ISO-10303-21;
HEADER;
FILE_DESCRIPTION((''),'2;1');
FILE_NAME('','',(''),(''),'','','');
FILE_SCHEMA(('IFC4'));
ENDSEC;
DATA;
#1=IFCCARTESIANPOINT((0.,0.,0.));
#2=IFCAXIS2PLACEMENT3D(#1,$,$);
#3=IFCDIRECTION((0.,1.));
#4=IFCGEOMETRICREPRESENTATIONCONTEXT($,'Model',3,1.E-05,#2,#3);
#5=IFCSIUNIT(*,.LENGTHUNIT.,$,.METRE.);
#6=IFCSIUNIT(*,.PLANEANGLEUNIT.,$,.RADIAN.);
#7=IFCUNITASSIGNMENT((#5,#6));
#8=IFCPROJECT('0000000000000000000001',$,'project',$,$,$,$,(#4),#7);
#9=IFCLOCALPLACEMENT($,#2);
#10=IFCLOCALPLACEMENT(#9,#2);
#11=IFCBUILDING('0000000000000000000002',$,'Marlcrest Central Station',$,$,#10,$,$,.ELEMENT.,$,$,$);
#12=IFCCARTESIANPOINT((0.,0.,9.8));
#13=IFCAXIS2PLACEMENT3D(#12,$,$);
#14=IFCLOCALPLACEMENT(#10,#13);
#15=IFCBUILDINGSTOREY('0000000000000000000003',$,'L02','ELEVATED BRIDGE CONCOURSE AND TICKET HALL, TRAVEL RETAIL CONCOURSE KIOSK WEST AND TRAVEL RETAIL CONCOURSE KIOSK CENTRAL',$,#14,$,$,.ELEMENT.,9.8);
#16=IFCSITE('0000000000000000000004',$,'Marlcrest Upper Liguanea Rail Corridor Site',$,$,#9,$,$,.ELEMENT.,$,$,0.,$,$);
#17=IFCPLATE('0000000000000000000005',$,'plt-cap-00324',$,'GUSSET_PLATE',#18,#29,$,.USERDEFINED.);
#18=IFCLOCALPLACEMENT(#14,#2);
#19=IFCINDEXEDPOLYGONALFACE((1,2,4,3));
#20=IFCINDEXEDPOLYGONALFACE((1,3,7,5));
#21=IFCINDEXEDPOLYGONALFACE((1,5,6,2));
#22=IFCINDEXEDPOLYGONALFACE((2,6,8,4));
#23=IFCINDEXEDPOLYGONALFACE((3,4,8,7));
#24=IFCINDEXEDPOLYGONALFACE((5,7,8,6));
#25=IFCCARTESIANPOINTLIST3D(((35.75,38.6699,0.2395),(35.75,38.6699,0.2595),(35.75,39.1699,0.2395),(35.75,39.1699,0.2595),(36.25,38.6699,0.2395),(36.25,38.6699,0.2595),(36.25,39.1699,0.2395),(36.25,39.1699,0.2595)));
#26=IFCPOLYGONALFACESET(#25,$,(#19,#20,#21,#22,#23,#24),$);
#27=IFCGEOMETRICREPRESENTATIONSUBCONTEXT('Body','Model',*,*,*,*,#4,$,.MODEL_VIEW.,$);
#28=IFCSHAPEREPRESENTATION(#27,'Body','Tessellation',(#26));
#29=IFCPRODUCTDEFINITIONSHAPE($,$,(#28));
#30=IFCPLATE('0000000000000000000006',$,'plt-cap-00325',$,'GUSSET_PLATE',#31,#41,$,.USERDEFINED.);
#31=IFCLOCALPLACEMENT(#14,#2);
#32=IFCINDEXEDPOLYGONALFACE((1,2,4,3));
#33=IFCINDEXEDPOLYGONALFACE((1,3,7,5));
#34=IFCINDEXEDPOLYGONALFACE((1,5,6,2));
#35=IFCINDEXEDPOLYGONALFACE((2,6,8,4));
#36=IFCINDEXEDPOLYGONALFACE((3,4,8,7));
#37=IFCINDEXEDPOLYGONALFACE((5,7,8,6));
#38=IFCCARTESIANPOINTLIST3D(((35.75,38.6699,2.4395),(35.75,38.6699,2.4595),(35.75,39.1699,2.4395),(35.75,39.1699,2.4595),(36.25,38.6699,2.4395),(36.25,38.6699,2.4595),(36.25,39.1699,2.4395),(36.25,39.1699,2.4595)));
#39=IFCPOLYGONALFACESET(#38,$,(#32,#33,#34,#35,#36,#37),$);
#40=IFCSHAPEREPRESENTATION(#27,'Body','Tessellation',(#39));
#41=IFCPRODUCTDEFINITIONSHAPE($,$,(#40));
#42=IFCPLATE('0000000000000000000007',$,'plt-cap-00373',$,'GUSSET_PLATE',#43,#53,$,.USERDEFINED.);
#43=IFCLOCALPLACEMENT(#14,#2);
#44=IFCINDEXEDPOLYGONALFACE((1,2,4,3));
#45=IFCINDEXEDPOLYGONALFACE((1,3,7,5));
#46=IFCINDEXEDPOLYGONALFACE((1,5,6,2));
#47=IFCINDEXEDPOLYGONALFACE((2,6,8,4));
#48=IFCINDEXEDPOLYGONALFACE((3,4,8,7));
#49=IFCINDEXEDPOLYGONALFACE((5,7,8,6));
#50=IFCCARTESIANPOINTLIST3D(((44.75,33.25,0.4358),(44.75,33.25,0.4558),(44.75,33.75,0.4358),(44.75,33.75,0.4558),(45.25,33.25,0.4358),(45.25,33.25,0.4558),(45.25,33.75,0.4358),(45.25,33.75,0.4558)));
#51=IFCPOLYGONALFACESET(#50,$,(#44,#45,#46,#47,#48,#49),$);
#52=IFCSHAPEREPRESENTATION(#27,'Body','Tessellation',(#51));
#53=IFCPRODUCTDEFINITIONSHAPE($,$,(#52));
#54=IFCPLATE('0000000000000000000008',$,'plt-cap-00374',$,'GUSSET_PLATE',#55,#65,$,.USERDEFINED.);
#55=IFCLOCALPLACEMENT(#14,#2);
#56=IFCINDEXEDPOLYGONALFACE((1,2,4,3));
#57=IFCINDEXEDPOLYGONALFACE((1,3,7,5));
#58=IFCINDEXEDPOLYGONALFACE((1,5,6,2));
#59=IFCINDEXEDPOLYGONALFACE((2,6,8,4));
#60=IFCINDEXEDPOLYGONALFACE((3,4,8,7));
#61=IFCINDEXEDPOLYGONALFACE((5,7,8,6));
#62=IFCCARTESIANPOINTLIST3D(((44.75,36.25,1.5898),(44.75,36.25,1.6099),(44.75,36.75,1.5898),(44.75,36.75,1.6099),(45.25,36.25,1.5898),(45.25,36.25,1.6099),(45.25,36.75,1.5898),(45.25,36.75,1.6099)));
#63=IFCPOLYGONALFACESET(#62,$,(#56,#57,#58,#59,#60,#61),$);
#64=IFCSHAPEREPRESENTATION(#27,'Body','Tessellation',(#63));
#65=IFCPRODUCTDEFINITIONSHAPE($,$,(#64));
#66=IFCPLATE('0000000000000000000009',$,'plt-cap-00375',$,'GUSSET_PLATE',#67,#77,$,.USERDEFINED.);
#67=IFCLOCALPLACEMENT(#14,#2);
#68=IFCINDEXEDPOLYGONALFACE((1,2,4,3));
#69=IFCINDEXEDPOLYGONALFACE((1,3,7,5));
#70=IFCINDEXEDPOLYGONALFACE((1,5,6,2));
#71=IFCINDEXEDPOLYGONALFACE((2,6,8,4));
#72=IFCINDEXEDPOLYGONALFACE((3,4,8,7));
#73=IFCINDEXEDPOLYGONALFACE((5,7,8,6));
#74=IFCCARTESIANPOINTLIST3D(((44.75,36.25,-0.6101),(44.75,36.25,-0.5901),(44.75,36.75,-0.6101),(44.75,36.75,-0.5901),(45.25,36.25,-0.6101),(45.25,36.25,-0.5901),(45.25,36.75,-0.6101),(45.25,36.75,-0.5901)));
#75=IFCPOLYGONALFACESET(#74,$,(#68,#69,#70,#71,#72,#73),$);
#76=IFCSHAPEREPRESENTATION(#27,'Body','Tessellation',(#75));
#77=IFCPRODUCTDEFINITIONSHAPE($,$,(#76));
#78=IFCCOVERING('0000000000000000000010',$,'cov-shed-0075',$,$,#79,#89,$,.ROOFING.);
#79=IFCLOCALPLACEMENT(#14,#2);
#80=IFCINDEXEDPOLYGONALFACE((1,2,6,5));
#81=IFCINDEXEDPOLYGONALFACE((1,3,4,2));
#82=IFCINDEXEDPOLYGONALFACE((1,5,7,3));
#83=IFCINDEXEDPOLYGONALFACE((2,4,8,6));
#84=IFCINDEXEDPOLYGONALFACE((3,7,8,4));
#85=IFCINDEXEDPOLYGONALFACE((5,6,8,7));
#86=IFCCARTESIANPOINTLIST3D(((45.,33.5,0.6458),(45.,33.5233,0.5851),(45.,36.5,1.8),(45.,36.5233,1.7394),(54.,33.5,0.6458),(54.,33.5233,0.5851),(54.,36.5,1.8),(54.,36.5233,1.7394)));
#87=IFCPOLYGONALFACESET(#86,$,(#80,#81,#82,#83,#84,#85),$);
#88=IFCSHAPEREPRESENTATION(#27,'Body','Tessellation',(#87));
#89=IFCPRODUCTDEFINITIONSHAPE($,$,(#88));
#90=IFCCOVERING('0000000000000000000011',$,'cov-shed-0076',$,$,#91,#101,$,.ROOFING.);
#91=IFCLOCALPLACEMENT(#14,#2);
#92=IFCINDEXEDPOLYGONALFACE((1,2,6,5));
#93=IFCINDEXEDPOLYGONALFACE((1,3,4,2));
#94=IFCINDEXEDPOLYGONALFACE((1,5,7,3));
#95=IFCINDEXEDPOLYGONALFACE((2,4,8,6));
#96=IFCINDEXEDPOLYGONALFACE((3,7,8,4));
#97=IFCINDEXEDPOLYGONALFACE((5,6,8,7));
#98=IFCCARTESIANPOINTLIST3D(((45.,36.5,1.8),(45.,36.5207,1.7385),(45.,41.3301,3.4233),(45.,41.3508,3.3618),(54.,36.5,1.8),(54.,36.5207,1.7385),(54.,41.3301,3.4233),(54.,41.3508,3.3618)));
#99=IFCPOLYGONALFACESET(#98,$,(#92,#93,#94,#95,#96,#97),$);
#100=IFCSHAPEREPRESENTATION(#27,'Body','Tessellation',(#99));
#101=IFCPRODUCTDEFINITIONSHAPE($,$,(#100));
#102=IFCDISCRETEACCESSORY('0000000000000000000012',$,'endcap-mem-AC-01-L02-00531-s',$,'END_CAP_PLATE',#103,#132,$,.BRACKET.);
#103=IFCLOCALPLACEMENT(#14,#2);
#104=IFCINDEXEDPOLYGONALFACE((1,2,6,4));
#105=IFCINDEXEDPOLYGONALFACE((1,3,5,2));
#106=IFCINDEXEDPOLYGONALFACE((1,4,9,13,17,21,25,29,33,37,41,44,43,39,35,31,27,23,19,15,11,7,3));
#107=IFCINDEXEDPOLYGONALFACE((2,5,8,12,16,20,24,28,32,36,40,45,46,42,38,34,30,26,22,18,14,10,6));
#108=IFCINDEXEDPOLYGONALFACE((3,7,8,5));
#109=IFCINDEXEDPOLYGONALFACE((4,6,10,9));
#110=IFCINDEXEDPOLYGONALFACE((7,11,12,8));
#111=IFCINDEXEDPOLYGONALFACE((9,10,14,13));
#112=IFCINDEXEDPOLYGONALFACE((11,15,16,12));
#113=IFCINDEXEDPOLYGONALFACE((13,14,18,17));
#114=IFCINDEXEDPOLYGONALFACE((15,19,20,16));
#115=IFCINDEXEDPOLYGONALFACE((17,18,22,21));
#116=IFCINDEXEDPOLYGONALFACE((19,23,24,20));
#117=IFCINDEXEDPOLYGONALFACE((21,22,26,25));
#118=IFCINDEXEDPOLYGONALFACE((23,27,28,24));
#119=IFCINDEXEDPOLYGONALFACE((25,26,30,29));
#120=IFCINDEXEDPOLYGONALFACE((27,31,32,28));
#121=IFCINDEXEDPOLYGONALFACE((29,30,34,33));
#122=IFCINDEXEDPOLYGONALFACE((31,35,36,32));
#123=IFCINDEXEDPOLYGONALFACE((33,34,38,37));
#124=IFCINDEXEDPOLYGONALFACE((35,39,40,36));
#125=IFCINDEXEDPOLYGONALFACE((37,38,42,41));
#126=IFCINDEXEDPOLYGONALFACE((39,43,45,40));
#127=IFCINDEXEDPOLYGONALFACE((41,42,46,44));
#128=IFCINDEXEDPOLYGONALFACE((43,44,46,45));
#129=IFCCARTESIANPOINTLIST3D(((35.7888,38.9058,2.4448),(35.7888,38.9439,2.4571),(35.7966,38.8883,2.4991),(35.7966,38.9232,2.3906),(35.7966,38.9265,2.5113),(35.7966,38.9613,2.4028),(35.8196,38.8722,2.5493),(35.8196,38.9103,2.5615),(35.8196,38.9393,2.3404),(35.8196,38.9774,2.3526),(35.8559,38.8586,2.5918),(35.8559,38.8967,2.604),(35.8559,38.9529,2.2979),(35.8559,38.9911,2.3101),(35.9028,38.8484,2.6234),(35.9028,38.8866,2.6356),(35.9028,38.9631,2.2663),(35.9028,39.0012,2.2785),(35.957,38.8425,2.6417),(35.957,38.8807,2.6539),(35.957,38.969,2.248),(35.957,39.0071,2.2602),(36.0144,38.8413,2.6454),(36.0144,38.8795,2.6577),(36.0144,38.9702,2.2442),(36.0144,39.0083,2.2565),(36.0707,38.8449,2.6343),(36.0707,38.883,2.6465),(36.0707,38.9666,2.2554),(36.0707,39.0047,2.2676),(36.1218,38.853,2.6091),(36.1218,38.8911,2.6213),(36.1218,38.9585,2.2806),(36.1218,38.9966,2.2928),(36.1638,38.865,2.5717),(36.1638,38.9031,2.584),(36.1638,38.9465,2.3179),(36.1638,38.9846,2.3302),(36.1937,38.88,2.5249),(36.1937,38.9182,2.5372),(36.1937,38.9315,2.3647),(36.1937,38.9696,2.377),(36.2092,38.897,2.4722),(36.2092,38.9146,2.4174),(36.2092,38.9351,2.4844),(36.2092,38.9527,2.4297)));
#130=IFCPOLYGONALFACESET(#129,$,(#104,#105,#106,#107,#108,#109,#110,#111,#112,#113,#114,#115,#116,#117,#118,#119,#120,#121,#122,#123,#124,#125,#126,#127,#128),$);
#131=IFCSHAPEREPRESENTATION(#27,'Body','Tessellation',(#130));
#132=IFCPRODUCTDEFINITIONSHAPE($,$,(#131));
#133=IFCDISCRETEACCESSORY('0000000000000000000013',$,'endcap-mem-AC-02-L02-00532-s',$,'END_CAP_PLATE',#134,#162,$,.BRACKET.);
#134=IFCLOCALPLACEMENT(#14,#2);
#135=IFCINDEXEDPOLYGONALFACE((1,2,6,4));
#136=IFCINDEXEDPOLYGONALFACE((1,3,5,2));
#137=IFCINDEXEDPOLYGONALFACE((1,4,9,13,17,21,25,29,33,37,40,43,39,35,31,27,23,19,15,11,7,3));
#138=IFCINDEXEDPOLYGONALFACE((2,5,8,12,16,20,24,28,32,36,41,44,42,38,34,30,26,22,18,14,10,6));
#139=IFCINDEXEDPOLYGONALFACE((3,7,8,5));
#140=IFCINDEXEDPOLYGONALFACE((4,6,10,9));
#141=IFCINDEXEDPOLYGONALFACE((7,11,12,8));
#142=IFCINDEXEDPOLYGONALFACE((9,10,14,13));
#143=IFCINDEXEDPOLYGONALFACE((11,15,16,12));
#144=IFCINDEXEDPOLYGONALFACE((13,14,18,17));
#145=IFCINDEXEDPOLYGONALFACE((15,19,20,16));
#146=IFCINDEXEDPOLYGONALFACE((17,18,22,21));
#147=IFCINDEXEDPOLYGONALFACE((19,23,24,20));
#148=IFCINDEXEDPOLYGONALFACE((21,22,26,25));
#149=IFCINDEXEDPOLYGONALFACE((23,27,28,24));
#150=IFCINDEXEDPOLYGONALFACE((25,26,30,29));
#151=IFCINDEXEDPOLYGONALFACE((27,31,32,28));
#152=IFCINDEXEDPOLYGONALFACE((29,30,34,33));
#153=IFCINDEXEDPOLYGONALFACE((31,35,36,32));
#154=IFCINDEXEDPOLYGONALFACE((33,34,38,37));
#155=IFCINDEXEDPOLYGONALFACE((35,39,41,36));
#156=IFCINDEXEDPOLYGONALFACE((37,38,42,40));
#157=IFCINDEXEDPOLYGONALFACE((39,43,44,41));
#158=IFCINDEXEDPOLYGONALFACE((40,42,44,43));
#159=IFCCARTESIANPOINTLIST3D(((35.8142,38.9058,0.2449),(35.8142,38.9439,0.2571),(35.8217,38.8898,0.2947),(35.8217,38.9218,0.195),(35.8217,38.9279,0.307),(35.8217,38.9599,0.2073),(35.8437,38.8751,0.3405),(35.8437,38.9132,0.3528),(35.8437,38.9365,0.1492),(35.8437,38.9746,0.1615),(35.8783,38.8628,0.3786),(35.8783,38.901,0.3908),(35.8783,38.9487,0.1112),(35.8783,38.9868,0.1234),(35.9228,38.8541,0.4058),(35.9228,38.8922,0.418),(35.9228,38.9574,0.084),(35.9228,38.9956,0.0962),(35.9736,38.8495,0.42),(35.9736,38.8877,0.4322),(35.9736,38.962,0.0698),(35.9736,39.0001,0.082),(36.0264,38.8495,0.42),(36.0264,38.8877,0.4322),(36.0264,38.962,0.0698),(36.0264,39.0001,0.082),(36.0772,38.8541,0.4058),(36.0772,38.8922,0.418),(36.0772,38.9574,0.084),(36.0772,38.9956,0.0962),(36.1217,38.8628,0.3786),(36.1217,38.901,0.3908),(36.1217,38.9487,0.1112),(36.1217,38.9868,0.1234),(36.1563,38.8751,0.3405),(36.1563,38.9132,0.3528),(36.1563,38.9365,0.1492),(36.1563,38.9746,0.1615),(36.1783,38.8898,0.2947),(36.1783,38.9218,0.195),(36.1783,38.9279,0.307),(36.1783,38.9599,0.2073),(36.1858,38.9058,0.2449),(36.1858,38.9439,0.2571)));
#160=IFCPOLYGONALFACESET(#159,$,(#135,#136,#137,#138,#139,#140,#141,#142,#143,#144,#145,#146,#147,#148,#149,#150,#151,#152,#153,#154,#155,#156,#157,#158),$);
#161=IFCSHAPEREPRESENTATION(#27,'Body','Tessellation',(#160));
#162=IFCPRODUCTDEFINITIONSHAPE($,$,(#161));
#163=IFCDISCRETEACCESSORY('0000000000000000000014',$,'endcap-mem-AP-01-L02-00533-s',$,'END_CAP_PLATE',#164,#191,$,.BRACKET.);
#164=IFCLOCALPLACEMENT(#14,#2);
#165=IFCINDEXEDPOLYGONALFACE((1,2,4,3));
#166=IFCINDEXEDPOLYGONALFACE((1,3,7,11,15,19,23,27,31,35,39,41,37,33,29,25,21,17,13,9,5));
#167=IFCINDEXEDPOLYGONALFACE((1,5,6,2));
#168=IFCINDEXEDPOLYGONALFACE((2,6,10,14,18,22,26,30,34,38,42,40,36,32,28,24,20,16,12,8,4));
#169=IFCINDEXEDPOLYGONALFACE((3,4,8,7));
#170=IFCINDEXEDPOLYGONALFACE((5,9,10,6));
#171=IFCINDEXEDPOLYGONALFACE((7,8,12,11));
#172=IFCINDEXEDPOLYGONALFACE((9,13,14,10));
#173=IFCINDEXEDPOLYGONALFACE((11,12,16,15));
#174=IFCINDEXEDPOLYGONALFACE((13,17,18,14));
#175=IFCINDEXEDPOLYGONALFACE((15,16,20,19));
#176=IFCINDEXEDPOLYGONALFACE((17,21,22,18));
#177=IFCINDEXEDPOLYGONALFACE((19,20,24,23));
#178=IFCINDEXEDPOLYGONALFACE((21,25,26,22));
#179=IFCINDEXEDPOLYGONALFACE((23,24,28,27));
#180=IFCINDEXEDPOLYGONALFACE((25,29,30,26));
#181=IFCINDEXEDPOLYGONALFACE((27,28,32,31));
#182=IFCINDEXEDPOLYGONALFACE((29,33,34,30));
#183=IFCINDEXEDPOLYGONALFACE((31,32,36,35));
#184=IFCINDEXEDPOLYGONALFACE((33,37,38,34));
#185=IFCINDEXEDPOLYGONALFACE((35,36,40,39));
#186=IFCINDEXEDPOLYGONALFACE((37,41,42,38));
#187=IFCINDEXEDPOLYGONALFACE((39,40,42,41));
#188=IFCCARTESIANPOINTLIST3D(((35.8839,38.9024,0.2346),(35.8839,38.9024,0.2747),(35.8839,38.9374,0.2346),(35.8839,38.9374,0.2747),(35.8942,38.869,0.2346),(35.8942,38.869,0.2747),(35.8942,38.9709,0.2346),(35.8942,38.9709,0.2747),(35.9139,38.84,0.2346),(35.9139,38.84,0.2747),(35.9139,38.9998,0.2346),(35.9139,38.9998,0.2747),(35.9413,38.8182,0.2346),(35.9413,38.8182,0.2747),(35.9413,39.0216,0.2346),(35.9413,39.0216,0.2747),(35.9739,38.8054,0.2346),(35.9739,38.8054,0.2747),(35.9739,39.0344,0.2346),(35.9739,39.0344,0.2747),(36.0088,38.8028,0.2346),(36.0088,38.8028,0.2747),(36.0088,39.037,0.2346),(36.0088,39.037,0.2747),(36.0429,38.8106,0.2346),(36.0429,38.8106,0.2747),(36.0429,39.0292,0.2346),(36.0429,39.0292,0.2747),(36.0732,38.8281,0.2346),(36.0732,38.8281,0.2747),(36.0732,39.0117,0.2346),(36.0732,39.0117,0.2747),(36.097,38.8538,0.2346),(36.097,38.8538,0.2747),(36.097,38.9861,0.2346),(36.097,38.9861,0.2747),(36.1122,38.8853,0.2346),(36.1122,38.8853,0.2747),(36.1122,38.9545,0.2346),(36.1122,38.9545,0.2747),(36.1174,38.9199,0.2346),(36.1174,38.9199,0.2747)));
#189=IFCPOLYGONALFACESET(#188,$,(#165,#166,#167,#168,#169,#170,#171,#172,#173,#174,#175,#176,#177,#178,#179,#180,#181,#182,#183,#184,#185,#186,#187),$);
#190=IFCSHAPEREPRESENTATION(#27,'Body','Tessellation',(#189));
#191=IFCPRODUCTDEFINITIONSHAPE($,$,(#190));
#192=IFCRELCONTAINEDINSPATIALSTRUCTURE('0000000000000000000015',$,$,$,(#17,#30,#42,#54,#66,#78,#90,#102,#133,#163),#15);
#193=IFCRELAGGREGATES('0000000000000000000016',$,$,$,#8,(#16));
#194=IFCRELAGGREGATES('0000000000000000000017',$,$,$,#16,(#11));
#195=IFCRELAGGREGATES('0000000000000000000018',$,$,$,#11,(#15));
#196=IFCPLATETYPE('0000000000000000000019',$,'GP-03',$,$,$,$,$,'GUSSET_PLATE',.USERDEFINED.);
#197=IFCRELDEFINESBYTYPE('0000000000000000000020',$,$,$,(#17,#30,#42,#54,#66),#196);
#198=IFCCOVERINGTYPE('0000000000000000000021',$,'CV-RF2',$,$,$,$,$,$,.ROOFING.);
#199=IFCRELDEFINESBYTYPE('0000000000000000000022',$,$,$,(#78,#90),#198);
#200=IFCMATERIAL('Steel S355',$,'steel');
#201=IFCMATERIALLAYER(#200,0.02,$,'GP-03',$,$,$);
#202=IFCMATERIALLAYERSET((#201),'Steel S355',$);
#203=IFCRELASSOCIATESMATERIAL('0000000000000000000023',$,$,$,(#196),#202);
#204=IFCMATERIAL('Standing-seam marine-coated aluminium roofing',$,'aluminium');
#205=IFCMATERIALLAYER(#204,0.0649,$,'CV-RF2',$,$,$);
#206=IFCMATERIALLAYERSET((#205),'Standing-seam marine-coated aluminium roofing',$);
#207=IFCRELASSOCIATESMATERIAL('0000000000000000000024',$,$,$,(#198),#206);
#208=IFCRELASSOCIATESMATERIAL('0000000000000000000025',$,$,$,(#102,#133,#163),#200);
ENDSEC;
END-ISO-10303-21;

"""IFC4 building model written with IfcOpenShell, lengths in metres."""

from ifc_helpers import new_model, si_unit, direction, frame, origin, origin_2d, place, context, subcontext, project, spatial, polyline, rectangle, circle, outline, extrude, material, layer, layer_set, type_object, element, save


model = new_model("IFC4")

# Units and contexts
model_context = context("Model", 3, precision=1e-05, world=origin(), true_north=direction((0.0, 1.0)))
body_context = subcontext(model_context, "Body", "Model", "MODEL_VIEW")
ifc_project = project(units=[si_unit("LENGTHUNIT", "METRE"), si_unit("PLANEANGLEUNIT", "RADIAN")], contexts=[model_context])

# Site, building, storey
site_placement = place(None, origin())
site = spatial("IfcSite", under=ifc_project, at=site_placement, Name="Marlcrest Upper Liguanea Rail Corridor Site", CompositionType="ELEMENT", RefElevation=0.0)
building_placement = place(site_placement, origin())
building = spatial("IfcBuilding", under=site, at=building_placement, Name="Marlcrest Central Station", CompositionType="ELEMENT")
storey_placement = place(building_placement, frame((0.0, 0.0, 9.8)))
storey = spatial("IfcBuildingStorey", under=building, at=storey_placement, Name="L02", Description="ELEVATED BRIDGE CONCOURSE AND TICKET HALL, TRAVEL RETAIL CONCOURSE KIOSK WEST AND TRAVEL RETAIL CONCOURSE KIOSK CENTRAL", CompositionType="ELEMENT", Elevation=9.8)

# Shared definitions
ifc_material_1 = material(Name="Steel S355", Category="steel")

# Plates
ifc_layer_1 = layer(ifc_material_1, 0.02, Name="GP-03")
ifc_layer_set_1 = layer_set([ifc_layer_1], Name="Steel S355")
plate_type = type_object("IfcPlateType", Name="GP-03", ElementType="GUSSET_PLATE", PredefinedType="USERDEFINED", material=ifc_layer_set_1)
for number, where, z_axis, x_axis, name in (
    (1, (36.0, 38.9199, 0.2395), (0.0, 0.0, 1.0), (1.0, 0.0, 0.0), "plt-cap-00324"),
    (2, (36.0, 38.9199, 2.4395), (0.0, 0.0, 1.0), (1.0, 0.0, 0.0), "plt-cap-00325"),
    (3, (45.0, 33.5, 0.4358), (0.0, 0.0, 1.0), (1.0, 0.0, 0.0), "plt-cap-00373"),
    (4, (45.0, 36.5, 1.5898), (0.0, 0.0, 1.0), (1.0, 0.0, 0.0), "plt-cap-00374"),
    (5, (45.0, 36.5, -0.6101), (0.0, 0.0, 1.0), (1.0, 0.0, 0.0), "plt-cap-00375"),
):
    element("IfcPlate", number, at=place(storey_placement, frame(where, z_axis=z_axis, x_axis=x_axis)), inside=storey, type_object=plate_type, Name=name, ObjectType="GUSSET_PLATE", PredefinedType="USERDEFINED", context=body_context, shape_type="SweptSolid", body=[
        extrude(rectangle(XDim=0.5, YDim=0.5, at=origin_2d()), origin(), (0.0, 0.0, 1.0), 0.02),
    ])

# Coverings
ifc_material_2 = material(Name="Standing-seam marine-coated aluminium roofing", Category="aluminium")
ifc_layer_2 = layer(ifc_material_2, 0.0649, Name="CV-RF2")
ifc_layer_set_2 = layer_set([ifc_layer_2], Name="Standing-seam marine-coated aluminium roofing")
covering_type = type_object("IfcCoveringType", Name="CV-RF2", PredefinedType="ROOFING", material=ifc_layer_set_2)
covering_1_placement = place(storey_placement, frame((45.0, 33.5, 0.6458), z_axis=(0.0, -0.359101, 0.933299), x_axis=(1.0, 0.0, 0.0)))
element("IfcCovering", 6, at=covering_1_placement, inside=storey, type_object=covering_type, Name="cov-shed-0075", PredefinedType="ROOFING", context=body_context, shape_type="SweptSolid", body=[
    extrude(outline(polyline([(0.0, 0.0), (9.0, 0.0), (9.0, 3.2144), (0.0, 3.2144), (0.0, 0.0)])), origin(), (0.0, 0.0, -1.0), 0.0649),
])
covering_2_placement = place(storey_placement, frame((45.0, 36.5, 1.8), z_axis=(0.0, -0.31857, 0.947899), x_axis=(1.0, 0.0, 0.0)))
element("IfcCovering", 7, at=covering_2_placement, inside=storey, type_object=covering_type, Name="cov-shed-0076", PredefinedType="ROOFING", context=body_context, shape_type="SweptSolid", body=[
    extrude(outline(polyline([(0.0, 0.0), (9.0, 0.0), (9.0, 5.0956), (0.0, 5.0956), (0.0, 0.0)])), origin(), (0.0, 0.0, -1.0), 0.0649),
])

# Discrete accessories
discrete_accessory_1_placement = place(storey_placement, frame((36.0, 38.9058, 2.4448), z_axis=(0.0, 0.952117, 0.305734), x_axis=(-1.0, 0.0, 0.0)))
element("IfcDiscreteAccessory", 8, at=discrete_accessory_1_placement, inside=storey, material=ifc_material_1, Name="endcap-mem-AC-01-L02-00531-s", ObjectType="END_CAP_PLATE", PredefinedType="BRACKET", context=body_context, shape_type="SweptSolid", body=[
    extrude(circle(Radius=0.2112, at=origin_2d()), origin(), (0.0, 0.0, 1.0), 0.04),
])
discrete_accessory_2_placement = place(storey_placement, frame((36.0, 38.9058, 0.2449), z_axis=(0.0, 0.952117, 0.305734), x_axis=(-1.0, 0.0, 0.0)))
element("IfcDiscreteAccessory", 9, at=discrete_accessory_2_placement, inside=storey, material=ifc_material_1, Name="endcap-mem-AC-02-L02-00532-s", ObjectType="END_CAP_PLATE", PredefinedType="BRACKET", context=body_context, shape_type="SweptSolid", body=[
    extrude(circle(Radius=0.1858, at=origin_2d()), origin(), (0.0, 0.0, 1.0), 0.04),
])
for number, where, z_axis, x_axis, name in (
    (10, (36.0, 38.9199, 0.2346), (0.0, 0.0, 1.0), (1.0, 0.0, 0.0), "endcap-mem-AP-01-L02-00533-s"),
):
    element("IfcDiscreteAccessory", number, at=place(storey_placement, frame(where, z_axis=z_axis, x_axis=x_axis)), inside=storey, material=ifc_material_1, Name=name, ObjectType="END_CAP_PLATE", PredefinedType="BRACKET", context=body_context, shape_type="SweptSolid", body=[
        extrude(circle(Radius=0.1174, at=origin_2d()), origin(), (0.0, 0.0, 1.0), 0.04),
    ])

save(model, "model.ifc")
